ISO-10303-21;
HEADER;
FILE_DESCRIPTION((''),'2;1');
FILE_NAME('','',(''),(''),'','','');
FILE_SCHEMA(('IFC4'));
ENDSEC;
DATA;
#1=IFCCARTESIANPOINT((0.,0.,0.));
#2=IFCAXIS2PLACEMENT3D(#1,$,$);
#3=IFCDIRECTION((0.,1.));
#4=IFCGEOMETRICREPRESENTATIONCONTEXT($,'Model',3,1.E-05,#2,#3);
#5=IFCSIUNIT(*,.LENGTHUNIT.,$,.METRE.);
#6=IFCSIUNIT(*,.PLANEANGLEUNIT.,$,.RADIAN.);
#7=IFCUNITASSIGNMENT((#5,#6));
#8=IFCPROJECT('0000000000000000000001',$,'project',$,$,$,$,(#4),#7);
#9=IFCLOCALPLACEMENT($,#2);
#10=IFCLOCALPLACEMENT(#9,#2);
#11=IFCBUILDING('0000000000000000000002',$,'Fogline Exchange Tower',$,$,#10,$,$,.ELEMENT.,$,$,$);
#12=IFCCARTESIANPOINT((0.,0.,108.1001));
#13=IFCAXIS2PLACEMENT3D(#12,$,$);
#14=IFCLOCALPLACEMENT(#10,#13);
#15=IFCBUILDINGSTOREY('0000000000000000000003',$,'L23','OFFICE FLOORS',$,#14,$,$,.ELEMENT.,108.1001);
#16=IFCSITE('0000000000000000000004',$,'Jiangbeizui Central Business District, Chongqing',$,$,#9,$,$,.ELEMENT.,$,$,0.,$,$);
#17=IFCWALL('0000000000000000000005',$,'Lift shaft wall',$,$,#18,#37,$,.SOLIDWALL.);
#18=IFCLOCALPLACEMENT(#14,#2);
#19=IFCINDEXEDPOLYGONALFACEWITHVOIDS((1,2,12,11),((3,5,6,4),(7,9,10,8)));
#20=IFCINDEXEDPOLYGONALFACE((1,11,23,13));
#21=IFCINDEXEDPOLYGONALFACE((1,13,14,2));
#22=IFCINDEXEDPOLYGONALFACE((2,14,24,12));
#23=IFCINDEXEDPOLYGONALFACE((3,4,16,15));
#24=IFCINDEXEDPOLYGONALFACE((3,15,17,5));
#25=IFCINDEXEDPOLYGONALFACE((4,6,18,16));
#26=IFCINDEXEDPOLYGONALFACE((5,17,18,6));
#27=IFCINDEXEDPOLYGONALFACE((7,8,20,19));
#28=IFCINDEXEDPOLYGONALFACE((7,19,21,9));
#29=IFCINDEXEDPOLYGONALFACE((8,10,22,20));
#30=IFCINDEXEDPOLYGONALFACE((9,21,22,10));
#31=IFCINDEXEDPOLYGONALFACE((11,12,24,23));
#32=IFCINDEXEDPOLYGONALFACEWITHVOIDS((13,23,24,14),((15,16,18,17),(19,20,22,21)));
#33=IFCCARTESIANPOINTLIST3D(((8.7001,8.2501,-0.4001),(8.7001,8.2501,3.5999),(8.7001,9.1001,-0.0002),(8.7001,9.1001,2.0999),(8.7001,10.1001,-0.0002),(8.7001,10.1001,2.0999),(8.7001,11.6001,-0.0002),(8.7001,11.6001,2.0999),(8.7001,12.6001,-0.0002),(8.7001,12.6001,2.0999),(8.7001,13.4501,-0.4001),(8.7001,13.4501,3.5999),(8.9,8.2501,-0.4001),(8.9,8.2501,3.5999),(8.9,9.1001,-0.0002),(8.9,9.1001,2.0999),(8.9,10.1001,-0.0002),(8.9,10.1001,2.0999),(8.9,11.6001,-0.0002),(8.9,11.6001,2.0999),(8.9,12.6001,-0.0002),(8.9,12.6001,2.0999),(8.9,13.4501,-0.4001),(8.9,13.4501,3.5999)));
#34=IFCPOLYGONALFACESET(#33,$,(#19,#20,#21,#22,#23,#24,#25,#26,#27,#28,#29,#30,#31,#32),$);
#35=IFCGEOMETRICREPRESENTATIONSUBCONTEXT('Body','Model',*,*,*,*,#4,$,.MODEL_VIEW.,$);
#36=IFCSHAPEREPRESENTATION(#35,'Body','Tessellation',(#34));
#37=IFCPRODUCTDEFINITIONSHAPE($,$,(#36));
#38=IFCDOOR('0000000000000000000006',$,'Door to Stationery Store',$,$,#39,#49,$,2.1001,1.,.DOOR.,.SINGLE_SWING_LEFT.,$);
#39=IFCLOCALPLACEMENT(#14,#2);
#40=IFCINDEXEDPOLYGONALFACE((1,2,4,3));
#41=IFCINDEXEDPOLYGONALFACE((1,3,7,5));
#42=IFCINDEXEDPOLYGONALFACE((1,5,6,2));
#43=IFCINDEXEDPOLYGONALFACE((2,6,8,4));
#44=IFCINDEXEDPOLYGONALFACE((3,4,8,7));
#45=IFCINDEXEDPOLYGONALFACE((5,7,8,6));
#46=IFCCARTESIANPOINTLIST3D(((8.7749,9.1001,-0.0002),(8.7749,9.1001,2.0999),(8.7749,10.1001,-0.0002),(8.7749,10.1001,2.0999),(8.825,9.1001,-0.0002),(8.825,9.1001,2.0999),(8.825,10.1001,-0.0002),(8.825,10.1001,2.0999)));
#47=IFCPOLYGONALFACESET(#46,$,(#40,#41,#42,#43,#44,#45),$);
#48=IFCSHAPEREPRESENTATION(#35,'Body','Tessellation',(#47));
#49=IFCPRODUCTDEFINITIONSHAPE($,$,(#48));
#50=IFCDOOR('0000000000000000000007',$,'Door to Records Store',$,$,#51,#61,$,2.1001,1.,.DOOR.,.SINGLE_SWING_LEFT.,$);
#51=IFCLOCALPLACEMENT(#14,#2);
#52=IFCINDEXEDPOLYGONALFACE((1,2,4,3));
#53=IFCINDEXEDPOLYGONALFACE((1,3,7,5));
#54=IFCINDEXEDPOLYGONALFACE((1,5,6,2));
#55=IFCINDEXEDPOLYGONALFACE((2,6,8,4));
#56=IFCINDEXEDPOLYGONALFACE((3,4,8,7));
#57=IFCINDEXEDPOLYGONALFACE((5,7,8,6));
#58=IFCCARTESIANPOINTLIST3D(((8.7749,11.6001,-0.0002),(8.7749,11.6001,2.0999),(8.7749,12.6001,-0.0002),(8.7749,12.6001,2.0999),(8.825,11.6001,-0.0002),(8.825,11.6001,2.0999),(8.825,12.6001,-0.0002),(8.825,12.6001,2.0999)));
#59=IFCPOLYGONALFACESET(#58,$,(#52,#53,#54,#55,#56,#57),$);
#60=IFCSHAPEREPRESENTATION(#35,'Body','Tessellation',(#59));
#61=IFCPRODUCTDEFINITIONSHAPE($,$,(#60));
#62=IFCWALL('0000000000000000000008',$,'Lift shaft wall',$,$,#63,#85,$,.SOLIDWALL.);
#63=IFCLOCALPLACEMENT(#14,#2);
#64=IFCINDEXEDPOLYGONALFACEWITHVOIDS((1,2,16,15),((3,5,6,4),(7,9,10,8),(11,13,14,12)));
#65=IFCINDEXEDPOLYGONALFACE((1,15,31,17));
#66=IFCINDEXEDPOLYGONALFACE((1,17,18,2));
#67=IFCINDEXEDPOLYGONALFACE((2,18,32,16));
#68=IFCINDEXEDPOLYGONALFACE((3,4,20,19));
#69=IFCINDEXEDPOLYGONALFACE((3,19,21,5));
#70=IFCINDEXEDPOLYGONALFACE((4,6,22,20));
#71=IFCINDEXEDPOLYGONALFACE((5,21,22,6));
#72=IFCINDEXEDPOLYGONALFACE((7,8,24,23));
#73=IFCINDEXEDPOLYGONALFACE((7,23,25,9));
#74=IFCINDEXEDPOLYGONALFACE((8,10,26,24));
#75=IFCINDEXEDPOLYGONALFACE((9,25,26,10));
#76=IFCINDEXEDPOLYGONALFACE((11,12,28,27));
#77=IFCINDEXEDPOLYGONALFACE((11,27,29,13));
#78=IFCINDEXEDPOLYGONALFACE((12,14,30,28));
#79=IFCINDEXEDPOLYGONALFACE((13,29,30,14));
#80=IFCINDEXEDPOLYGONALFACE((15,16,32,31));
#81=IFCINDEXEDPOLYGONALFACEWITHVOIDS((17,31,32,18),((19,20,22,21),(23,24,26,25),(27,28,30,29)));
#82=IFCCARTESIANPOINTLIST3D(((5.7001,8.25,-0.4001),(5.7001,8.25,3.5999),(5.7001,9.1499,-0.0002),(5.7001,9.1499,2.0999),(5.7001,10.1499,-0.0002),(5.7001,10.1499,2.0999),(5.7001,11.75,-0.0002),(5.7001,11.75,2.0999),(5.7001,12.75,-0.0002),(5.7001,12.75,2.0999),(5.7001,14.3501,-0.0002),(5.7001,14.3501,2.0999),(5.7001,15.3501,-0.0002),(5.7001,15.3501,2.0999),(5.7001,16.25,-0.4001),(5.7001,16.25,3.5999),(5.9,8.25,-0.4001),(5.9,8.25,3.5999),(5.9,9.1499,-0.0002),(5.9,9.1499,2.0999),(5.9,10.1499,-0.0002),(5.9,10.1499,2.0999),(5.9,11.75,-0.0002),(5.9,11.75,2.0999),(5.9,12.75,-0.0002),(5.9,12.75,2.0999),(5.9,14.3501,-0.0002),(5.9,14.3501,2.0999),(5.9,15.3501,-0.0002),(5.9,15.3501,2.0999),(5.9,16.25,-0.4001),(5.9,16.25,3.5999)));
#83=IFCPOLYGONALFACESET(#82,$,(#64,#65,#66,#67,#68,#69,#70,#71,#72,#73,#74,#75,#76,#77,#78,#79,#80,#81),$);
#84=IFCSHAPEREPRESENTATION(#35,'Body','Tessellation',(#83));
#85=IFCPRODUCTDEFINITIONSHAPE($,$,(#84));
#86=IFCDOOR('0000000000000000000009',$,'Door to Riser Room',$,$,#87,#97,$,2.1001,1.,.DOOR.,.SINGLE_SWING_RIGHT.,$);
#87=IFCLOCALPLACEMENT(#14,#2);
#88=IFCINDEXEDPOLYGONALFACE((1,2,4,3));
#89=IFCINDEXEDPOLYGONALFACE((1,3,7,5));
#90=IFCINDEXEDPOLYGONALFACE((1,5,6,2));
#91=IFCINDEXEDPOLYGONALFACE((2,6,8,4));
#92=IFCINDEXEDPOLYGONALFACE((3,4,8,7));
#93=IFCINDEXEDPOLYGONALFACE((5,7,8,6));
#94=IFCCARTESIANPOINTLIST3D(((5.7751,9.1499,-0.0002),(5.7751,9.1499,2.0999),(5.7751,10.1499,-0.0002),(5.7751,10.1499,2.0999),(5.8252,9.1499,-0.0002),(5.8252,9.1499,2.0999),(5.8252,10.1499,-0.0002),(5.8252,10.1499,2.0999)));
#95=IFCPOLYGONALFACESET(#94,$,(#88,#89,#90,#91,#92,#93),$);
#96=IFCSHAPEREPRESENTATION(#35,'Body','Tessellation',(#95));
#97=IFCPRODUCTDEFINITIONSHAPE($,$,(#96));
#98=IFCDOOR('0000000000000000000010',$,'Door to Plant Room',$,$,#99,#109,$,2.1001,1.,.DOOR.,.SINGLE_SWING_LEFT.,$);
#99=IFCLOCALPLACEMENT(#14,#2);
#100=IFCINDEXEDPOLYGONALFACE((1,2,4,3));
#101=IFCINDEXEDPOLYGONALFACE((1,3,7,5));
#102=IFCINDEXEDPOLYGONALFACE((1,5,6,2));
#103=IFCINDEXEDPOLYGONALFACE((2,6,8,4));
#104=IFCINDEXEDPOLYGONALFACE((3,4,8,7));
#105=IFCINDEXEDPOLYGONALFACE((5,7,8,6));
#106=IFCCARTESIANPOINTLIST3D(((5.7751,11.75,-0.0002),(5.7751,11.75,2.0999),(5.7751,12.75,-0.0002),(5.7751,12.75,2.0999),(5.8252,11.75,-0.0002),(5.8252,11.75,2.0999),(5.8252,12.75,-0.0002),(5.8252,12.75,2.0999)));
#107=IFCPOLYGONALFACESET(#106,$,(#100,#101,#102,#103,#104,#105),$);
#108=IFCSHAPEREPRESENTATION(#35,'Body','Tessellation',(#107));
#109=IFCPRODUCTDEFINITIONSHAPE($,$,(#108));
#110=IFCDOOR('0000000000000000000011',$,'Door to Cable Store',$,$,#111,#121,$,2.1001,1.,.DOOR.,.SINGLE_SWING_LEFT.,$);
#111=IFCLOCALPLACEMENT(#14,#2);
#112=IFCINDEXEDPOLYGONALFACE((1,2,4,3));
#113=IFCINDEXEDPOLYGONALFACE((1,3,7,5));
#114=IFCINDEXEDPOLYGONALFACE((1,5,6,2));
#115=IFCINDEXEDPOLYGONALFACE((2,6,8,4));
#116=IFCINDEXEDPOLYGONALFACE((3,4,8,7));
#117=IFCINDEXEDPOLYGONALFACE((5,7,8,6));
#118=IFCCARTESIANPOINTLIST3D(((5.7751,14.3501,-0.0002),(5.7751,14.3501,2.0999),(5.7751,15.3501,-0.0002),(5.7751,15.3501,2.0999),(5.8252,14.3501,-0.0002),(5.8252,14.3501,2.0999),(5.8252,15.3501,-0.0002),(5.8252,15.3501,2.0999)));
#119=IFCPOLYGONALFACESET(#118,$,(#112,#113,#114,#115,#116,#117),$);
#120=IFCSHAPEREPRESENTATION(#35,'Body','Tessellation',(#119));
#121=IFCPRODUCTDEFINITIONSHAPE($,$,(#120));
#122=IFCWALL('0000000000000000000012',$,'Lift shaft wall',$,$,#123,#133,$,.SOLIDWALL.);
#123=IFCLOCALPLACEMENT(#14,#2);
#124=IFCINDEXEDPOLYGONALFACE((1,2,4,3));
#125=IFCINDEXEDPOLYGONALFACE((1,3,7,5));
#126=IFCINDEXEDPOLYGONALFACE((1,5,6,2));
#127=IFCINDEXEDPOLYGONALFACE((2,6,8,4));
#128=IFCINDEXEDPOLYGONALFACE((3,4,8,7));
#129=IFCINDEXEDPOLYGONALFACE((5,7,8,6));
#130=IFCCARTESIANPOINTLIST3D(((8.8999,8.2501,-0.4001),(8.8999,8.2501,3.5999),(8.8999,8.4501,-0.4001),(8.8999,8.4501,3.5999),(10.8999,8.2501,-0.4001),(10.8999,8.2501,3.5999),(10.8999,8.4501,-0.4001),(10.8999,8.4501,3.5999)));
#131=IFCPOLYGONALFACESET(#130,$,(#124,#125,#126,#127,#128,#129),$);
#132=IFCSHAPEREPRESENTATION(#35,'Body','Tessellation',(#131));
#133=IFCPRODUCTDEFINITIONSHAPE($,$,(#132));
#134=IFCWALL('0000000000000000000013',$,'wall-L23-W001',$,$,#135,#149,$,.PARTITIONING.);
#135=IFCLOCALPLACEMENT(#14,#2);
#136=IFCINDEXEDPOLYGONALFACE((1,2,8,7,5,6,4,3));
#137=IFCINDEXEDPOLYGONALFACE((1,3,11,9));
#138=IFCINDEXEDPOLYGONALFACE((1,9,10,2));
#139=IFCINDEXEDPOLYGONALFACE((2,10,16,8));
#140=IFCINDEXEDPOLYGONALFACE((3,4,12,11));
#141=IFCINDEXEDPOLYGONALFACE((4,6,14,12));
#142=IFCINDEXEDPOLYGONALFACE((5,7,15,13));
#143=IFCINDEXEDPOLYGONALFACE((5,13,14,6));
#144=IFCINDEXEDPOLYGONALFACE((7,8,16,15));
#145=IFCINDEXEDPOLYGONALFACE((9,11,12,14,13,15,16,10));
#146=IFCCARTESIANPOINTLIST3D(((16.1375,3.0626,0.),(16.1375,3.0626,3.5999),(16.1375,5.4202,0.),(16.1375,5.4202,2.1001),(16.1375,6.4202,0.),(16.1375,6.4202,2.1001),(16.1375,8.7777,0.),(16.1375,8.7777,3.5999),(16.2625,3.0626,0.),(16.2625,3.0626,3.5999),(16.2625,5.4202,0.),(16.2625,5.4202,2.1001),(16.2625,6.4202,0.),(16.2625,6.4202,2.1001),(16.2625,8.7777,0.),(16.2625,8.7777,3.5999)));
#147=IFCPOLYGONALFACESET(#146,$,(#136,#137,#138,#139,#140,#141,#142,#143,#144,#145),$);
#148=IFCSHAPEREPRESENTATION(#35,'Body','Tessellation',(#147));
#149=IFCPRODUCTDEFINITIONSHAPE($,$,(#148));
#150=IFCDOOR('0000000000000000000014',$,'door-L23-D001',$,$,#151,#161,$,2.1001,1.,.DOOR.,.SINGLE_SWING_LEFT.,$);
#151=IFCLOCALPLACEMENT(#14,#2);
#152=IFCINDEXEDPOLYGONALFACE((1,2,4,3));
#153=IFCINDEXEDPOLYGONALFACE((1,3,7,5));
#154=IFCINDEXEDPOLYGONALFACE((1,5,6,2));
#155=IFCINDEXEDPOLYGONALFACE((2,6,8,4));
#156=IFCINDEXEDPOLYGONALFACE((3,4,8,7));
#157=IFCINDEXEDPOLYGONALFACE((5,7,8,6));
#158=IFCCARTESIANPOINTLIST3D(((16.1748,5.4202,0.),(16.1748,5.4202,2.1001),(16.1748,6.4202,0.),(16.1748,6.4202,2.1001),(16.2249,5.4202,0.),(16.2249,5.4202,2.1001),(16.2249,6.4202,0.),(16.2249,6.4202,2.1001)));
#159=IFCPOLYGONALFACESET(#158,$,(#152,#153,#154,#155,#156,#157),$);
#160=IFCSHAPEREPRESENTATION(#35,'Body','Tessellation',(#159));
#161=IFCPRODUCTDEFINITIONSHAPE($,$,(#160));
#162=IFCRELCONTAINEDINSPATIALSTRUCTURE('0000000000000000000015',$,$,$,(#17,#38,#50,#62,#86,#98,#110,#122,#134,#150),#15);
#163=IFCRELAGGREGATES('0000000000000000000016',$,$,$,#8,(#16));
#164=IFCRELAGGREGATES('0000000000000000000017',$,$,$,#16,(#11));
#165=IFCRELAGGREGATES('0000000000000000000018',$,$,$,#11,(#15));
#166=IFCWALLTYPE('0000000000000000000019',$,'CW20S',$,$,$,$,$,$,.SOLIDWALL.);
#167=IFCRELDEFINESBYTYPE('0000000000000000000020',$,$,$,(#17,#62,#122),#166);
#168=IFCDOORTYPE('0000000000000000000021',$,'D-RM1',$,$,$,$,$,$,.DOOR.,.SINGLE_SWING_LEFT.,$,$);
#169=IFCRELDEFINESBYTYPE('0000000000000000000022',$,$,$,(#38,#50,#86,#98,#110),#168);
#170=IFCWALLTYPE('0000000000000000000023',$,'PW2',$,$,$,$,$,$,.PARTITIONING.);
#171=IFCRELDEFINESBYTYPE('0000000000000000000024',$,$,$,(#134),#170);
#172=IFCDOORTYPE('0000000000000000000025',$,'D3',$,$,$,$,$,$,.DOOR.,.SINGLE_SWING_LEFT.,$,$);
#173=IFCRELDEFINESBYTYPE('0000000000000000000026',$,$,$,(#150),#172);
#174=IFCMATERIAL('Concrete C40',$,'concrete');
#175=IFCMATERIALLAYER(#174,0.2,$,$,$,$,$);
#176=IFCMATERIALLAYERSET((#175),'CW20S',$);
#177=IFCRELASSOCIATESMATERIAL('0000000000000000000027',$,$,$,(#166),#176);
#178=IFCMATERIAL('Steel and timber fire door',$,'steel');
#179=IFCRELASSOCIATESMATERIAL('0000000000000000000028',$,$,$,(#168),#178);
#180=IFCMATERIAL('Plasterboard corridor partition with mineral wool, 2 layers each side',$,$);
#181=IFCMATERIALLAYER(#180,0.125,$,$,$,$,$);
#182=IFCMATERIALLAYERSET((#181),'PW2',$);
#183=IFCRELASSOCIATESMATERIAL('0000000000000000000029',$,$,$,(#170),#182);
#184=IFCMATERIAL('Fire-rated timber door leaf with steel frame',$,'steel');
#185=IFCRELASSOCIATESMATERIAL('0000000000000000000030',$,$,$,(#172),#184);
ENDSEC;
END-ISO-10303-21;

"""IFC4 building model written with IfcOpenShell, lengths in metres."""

from ifc_helpers import new_model, si_unit, direction, frame, frame_2d, origin, place, context, subcontext, project, spatial, rectangle, extrude, material, layer, layer_set, type_object, element, fill, save


model = new_model("IFC4")

# Units and contexts
model_context = context("Model", 3, precision=1e-05, world=origin(), true_north=direction((0.0, 1.0)))
body_context = subcontext(model_context, "Body", "Model", "MODEL_VIEW")
ifc_project = project(units=[si_unit("LENGTHUNIT", "METRE"), si_unit("PLANEANGLEUNIT", "RADIAN")], contexts=[model_context])

# Site, building, storey
site_placement = place(None, origin())
site = spatial("IfcSite", under=ifc_project, at=site_placement, Name="Jiangbeizui Central Business District, Chongqing", CompositionType="ELEMENT", RefElevation=0.0)
building_placement = place(site_placement, origin())
building = spatial("IfcBuilding", under=site, at=building_placement, Name="Fogline Exchange Tower", CompositionType="ELEMENT")
storey_placement = place(building_placement, frame((0.0, 0.0, 108.1001)))
storey = spatial("IfcBuildingStorey", under=building, at=storey_placement, Name="L23", Description="OFFICE FLOORS", CompositionType="ELEMENT", Elevation=108.1001)

# Shared definitions
ifc_material_1 = material(Name="Concrete C40", Category="concrete")

# Shared definitions
ifc_material_2 = material(Name="Steel and timber fire door", Category="steel")

# Walls, openings, doors
ifc_layer_1 = layer(ifc_material_1, 0.2)
ifc_layer_set_1 = layer_set([ifc_layer_1], Name="CW20S")
wall_type_1 = type_object("IfcWallType", Name="CW20S", PredefinedType="SOLIDWALL", material=ifc_layer_set_1)
wall_1_placement = place(storey_placement, frame((8.8, 8.25, -0.4001), z_axis=(0.0, 0.0, 1.0), x_axis=(0.0, 1.0, 0.0)))
wall_1 = element("IfcWall", 1, at=wall_1_placement, inside=storey, type_object=wall_type_1, Name="Lift shaft wall", PredefinedType="SOLIDWALL", context=body_context, shape_type="SweptSolid", body=[
    extrude(rectangle(XDim=5.2, YDim=0.2, at=frame_2d((2.6001, 0.0))), origin(), (0.0, 0.0, 1.0), 4.0),
])
opening_1_placement = place(wall_1_placement, frame((0.8501, 0.0, 0.3999)))
opening_1 = element("IfcOpeningElement", 2, at=opening_1_placement, cuts=wall_1, PredefinedType="OPENING", context=body_context, shape_type="SweptSolid", body=[
    extrude(rectangle(XDim=1.0, YDim=2.1001, at=frame_2d((0.5, 1.05))), frame((0.0, 0.1099, 0.0), z_axis=(0.0, -1.0, 0.0), x_axis=(1.0, 0.0, 0.0)), (0.0, 0.0, 1.0), 0.22),
])
opening_2_placement = place(wall_1_placement, frame((3.3501, 0.0, 0.3999)))
opening_2 = element("IfcOpeningElement", 3, at=opening_2_placement, cuts=wall_1, PredefinedType="OPENING", context=body_context, shape_type="SweptSolid", body=[
    extrude(rectangle(XDim=1.0, YDim=2.1001, at=frame_2d((0.5, 1.05))), frame((0.0, 0.1099, 0.0), z_axis=(0.0, -1.0, 0.0), x_axis=(1.0, 0.0, 0.0)), (0.0, 0.0, 1.0), 0.22),
])
door_type_1 = type_object("IfcDoorType", Name="D-RM1", OperationType="SINGLE_SWING_LEFT", PredefinedType="DOOR", material=ifc_material_2)
door_1_placement = place(opening_1_placement, frame((1.0, 0.0, 0.0), z_axis=(0.0, 0.0, 1.0), x_axis=(-1.0, 0.0, 0.0)))
door_1 = element("IfcDoor", 4, at=door_1_placement, inside=storey, type_object=door_type_1, Name="Door to Stationery Store", OperationType="SINGLE_SWING_LEFT", OverallHeight=2.1001, OverallWidth=1.0, PredefinedType="DOOR", context=body_context, shape_type="SweptSolid", body=[
    extrude(rectangle(XDim=1.0, YDim=2.1001, at=frame_2d((0.5, 1.05))), frame((0.0, 0.0249, 0.0), z_axis=(0.0, -1.0, 0.0), x_axis=(1.0, 0.0, 0.0)), (0.0, 0.0, 1.0), 0.05),
])
fill(opening_1, door_1)
door_2_placement = place(opening_2_placement, frame((1.0, 0.0, 0.0), z_axis=(0.0, 0.0, 1.0), x_axis=(-1.0, 0.0, 0.0)))
door_2 = element("IfcDoor", 5, at=door_2_placement, inside=storey, type_object=door_type_1, Name="Door to Records Store", OperationType="SINGLE_SWING_LEFT", OverallHeight=2.1001, OverallWidth=1.0, PredefinedType="DOOR", context=body_context, shape_type="SweptSolid", body=[
    extrude(rectangle(XDim=1.0, YDim=2.1001, at=frame_2d((0.5, 1.05))), frame((0.0, 0.0249, 0.0), z_axis=(0.0, -1.0, 0.0), x_axis=(1.0, 0.0, 0.0)), (0.0, 0.0, 1.0), 0.05),
])
fill(opening_2, door_2)
wall_2_placement = place(storey_placement, frame((5.8, 8.25, -0.4001), z_axis=(0.0, 0.0, 1.0), x_axis=(0.0, 1.0, 0.0)))
wall_2 = element("IfcWall", 6, at=wall_2_placement, inside=storey, type_object=wall_type_1, Name="Lift shaft wall", PredefinedType="SOLIDWALL", context=body_context, shape_type="SweptSolid", body=[
    extrude(rectangle(XDim=8.0, YDim=0.2, at=frame_2d((4.0, 0.0))), origin(), (0.0, 0.0, 1.0), 4.0),
])
opening_3_placement = place(wall_2_placement, frame((0.8999, 0.0, 0.3999)))
opening_3 = element("IfcOpeningElement", 7, at=opening_3_placement, cuts=wall_2, PredefinedType="OPENING", context=body_context, shape_type="SweptSolid", body=[
    extrude(rectangle(XDim=1.0, YDim=2.1001, at=frame_2d((0.5, 1.05))), frame((0.0, 0.1099, 0.0), z_axis=(0.0, -1.0, 0.0), x_axis=(1.0, 0.0, 0.0)), (0.0, 0.0, 1.0), 0.22),
])
opening_4_placement = place(wall_2_placement, frame((3.5, 0.0, 0.3999)))
opening_4 = element("IfcOpeningElement", 8, at=opening_4_placement, cuts=wall_2, PredefinedType="OPENING", context=body_context, shape_type="SweptSolid", body=[
    extrude(rectangle(XDim=1.0, YDim=2.1001, at=frame_2d((0.5, 1.05))), frame((0.0, 0.1099, 0.0), z_axis=(0.0, -1.0, 0.0), x_axis=(1.0, 0.0, 0.0)), (0.0, 0.0, 1.0), 0.22),
])
opening_5_placement = place(wall_2_placement, frame((6.1001, 0.0, 0.3999)))
opening_5 = element("IfcOpeningElement", 9, at=opening_5_placement, cuts=wall_2, PredefinedType="OPENING", context=body_context, shape_type="SweptSolid", body=[
    extrude(rectangle(XDim=1.0, YDim=2.1001, at=frame_2d((0.5, 1.05))), frame((0.0, 0.1099, 0.0), z_axis=(0.0, -1.0, 0.0), x_axis=(1.0, 0.0, 0.0)), (0.0, 0.0, 1.0), 0.22),
])
door_3_placement = place(opening_3_placement, origin())
door_3 = element("IfcDoor", 10, at=door_3_placement, inside=storey, type_object=door_type_1, Name="Door to Riser Room", OperationType="SINGLE_SWING_RIGHT", OverallHeight=2.1001, OverallWidth=1.0, PredefinedType="DOOR", context=body_context, shape_type="SweptSolid", body=[
    extrude(rectangle(XDim=1.0, YDim=2.1001, at=frame_2d((0.5, 1.05))), frame((0.0, 0.0249, 0.0), z_axis=(0.0, -1.0, 0.0), x_axis=(1.0, 0.0, 0.0)), (0.0, 0.0, 1.0), 0.05),
])
fill(opening_3, door_3)
door_4_placement = place(opening_4_placement, origin())
door_4 = element("IfcDoor", 11, at=door_4_placement, inside=storey, type_object=door_type_1, Name="Door to Plant Room", OperationType="SINGLE_SWING_LEFT", OverallHeight=2.1001, OverallWidth=1.0, PredefinedType="DOOR", context=body_context, shape_type="SweptSolid", body=[
    extrude(rectangle(XDim=1.0, YDim=2.1001, at=frame_2d((0.5, 1.05))), frame((0.0, 0.0249, 0.0), z_axis=(0.0, -1.0, 0.0), x_axis=(1.0, 0.0, 0.0)), (0.0, 0.0, 1.0), 0.05),
])
fill(opening_4, door_4)
door_5_placement = place(opening_5_placement, origin())
door_5 = element("IfcDoor", 12, at=door_5_placement, inside=storey, type_object=door_type_1, Name="Door to Cable Store", OperationType="SINGLE_SWING_LEFT", OverallHeight=2.1001, OverallWidth=1.0, PredefinedType="DOOR", context=body_context, shape_type="SweptSolid", body=[
    extrude(rectangle(XDim=1.0, YDim=2.1001, at=frame_2d((0.5, 1.05))), frame((0.0, 0.0249, 0.0), z_axis=(0.0, -1.0, 0.0), x_axis=(1.0, 0.0, 0.0)), (0.0, 0.0, 1.0), 0.05),
])
fill(opening_5, door_5)

# Wall
wall_3_placement = place(storey_placement, frame((8.8999, 8.3501, -0.4001), z_axis=(0.0, 0.0, 1.0), x_axis=(1.0, 0.0, 0.0)))
element("IfcWall", 13, at=wall_3_placement, inside=storey, type_object=wall_type_1, Name="Lift shaft wall", PredefinedType="SOLIDWALL", context=body_context, shape_type="SweptSolid", body=[
    extrude(rectangle(XDim=2.0, YDim=0.2, at=frame_2d((1.0, 0.0))), origin(), (0.0, 0.0, 1.0), 4.0),
])

# Wall, opening, door
ifc_material_3 = material(Name="Plasterboard corridor partition with mineral wool, 2 layers each side")
ifc_layer_2 = layer(ifc_material_3, 0.125)
ifc_layer_set_2 = layer_set([ifc_layer_2], Name="PW2")
wall_type_2 = type_object("IfcWallType", Name="PW2", PredefinedType="PARTITIONING", material=ifc_layer_set_2)
wall_4_placement = place(storey_placement, frame((16.2, 8.7776, 0.0), z_axis=(0.0, 0.0, 1.0), x_axis=(0.0, -1.0, 0.0)))
wall_4 = element("IfcWall", 14, at=wall_4_placement, inside=storey, type_object=wall_type_2, Name="wall-L23-W001", PredefinedType="PARTITIONING", context=body_context, shape_type="SweptSolid", body=[
    extrude(rectangle(XDim=5.7151, YDim=0.125, at=frame_2d((2.8574, 0.0))), origin(), (0.0, 0.0, 1.0), 3.5999),
])
opening_6_placement = place(wall_4_placement, frame((2.3574, 0.0, 0.0)))
opening_6 = element("IfcOpeningElement", 15, at=opening_6_placement, cuts=wall_4, PredefinedType="OPENING", context=body_context, shape_type="SweptSolid", body=[
    extrude(rectangle(XDim=1.0, YDim=2.1001, at=frame_2d((0.5, 1.05))), frame((0.0, 0.0725, 0.0), z_axis=(0.0, -1.0, 0.0), x_axis=(1.0, 0.0, 0.0)), (0.0, 0.0, 1.0), 0.145),
])
ifc_material_4 = material(Name="Fire-rated timber door leaf with steel frame", Category="steel")
door_type_2 = type_object("IfcDoorType", Name="D3", OperationType="SINGLE_SWING_LEFT", PredefinedType="DOOR", material=ifc_material_4)
door_6_placement = place(opening_6_placement, origin())
door_6 = element("IfcDoor", 16, at=door_6_placement, inside=storey, type_object=door_type_2, Name="door-L23-D001", OperationType="SINGLE_SWING_LEFT", OverallHeight=2.1001, OverallWidth=1.0, PredefinedType="DOOR", context=body_context, shape_type="SweptSolid", body=[
    extrude(rectangle(XDim=1.0, YDim=2.1001, at=frame_2d((0.5, 1.05))), frame((0.0, 0.0249, 0.0), z_axis=(0.0, -1.0, 0.0), x_axis=(1.0, 0.0, 0.0)), (0.0, 0.0, 1.0), 0.05),
])
fill(opening_6, door_6)

save(model, "model.ifc")
